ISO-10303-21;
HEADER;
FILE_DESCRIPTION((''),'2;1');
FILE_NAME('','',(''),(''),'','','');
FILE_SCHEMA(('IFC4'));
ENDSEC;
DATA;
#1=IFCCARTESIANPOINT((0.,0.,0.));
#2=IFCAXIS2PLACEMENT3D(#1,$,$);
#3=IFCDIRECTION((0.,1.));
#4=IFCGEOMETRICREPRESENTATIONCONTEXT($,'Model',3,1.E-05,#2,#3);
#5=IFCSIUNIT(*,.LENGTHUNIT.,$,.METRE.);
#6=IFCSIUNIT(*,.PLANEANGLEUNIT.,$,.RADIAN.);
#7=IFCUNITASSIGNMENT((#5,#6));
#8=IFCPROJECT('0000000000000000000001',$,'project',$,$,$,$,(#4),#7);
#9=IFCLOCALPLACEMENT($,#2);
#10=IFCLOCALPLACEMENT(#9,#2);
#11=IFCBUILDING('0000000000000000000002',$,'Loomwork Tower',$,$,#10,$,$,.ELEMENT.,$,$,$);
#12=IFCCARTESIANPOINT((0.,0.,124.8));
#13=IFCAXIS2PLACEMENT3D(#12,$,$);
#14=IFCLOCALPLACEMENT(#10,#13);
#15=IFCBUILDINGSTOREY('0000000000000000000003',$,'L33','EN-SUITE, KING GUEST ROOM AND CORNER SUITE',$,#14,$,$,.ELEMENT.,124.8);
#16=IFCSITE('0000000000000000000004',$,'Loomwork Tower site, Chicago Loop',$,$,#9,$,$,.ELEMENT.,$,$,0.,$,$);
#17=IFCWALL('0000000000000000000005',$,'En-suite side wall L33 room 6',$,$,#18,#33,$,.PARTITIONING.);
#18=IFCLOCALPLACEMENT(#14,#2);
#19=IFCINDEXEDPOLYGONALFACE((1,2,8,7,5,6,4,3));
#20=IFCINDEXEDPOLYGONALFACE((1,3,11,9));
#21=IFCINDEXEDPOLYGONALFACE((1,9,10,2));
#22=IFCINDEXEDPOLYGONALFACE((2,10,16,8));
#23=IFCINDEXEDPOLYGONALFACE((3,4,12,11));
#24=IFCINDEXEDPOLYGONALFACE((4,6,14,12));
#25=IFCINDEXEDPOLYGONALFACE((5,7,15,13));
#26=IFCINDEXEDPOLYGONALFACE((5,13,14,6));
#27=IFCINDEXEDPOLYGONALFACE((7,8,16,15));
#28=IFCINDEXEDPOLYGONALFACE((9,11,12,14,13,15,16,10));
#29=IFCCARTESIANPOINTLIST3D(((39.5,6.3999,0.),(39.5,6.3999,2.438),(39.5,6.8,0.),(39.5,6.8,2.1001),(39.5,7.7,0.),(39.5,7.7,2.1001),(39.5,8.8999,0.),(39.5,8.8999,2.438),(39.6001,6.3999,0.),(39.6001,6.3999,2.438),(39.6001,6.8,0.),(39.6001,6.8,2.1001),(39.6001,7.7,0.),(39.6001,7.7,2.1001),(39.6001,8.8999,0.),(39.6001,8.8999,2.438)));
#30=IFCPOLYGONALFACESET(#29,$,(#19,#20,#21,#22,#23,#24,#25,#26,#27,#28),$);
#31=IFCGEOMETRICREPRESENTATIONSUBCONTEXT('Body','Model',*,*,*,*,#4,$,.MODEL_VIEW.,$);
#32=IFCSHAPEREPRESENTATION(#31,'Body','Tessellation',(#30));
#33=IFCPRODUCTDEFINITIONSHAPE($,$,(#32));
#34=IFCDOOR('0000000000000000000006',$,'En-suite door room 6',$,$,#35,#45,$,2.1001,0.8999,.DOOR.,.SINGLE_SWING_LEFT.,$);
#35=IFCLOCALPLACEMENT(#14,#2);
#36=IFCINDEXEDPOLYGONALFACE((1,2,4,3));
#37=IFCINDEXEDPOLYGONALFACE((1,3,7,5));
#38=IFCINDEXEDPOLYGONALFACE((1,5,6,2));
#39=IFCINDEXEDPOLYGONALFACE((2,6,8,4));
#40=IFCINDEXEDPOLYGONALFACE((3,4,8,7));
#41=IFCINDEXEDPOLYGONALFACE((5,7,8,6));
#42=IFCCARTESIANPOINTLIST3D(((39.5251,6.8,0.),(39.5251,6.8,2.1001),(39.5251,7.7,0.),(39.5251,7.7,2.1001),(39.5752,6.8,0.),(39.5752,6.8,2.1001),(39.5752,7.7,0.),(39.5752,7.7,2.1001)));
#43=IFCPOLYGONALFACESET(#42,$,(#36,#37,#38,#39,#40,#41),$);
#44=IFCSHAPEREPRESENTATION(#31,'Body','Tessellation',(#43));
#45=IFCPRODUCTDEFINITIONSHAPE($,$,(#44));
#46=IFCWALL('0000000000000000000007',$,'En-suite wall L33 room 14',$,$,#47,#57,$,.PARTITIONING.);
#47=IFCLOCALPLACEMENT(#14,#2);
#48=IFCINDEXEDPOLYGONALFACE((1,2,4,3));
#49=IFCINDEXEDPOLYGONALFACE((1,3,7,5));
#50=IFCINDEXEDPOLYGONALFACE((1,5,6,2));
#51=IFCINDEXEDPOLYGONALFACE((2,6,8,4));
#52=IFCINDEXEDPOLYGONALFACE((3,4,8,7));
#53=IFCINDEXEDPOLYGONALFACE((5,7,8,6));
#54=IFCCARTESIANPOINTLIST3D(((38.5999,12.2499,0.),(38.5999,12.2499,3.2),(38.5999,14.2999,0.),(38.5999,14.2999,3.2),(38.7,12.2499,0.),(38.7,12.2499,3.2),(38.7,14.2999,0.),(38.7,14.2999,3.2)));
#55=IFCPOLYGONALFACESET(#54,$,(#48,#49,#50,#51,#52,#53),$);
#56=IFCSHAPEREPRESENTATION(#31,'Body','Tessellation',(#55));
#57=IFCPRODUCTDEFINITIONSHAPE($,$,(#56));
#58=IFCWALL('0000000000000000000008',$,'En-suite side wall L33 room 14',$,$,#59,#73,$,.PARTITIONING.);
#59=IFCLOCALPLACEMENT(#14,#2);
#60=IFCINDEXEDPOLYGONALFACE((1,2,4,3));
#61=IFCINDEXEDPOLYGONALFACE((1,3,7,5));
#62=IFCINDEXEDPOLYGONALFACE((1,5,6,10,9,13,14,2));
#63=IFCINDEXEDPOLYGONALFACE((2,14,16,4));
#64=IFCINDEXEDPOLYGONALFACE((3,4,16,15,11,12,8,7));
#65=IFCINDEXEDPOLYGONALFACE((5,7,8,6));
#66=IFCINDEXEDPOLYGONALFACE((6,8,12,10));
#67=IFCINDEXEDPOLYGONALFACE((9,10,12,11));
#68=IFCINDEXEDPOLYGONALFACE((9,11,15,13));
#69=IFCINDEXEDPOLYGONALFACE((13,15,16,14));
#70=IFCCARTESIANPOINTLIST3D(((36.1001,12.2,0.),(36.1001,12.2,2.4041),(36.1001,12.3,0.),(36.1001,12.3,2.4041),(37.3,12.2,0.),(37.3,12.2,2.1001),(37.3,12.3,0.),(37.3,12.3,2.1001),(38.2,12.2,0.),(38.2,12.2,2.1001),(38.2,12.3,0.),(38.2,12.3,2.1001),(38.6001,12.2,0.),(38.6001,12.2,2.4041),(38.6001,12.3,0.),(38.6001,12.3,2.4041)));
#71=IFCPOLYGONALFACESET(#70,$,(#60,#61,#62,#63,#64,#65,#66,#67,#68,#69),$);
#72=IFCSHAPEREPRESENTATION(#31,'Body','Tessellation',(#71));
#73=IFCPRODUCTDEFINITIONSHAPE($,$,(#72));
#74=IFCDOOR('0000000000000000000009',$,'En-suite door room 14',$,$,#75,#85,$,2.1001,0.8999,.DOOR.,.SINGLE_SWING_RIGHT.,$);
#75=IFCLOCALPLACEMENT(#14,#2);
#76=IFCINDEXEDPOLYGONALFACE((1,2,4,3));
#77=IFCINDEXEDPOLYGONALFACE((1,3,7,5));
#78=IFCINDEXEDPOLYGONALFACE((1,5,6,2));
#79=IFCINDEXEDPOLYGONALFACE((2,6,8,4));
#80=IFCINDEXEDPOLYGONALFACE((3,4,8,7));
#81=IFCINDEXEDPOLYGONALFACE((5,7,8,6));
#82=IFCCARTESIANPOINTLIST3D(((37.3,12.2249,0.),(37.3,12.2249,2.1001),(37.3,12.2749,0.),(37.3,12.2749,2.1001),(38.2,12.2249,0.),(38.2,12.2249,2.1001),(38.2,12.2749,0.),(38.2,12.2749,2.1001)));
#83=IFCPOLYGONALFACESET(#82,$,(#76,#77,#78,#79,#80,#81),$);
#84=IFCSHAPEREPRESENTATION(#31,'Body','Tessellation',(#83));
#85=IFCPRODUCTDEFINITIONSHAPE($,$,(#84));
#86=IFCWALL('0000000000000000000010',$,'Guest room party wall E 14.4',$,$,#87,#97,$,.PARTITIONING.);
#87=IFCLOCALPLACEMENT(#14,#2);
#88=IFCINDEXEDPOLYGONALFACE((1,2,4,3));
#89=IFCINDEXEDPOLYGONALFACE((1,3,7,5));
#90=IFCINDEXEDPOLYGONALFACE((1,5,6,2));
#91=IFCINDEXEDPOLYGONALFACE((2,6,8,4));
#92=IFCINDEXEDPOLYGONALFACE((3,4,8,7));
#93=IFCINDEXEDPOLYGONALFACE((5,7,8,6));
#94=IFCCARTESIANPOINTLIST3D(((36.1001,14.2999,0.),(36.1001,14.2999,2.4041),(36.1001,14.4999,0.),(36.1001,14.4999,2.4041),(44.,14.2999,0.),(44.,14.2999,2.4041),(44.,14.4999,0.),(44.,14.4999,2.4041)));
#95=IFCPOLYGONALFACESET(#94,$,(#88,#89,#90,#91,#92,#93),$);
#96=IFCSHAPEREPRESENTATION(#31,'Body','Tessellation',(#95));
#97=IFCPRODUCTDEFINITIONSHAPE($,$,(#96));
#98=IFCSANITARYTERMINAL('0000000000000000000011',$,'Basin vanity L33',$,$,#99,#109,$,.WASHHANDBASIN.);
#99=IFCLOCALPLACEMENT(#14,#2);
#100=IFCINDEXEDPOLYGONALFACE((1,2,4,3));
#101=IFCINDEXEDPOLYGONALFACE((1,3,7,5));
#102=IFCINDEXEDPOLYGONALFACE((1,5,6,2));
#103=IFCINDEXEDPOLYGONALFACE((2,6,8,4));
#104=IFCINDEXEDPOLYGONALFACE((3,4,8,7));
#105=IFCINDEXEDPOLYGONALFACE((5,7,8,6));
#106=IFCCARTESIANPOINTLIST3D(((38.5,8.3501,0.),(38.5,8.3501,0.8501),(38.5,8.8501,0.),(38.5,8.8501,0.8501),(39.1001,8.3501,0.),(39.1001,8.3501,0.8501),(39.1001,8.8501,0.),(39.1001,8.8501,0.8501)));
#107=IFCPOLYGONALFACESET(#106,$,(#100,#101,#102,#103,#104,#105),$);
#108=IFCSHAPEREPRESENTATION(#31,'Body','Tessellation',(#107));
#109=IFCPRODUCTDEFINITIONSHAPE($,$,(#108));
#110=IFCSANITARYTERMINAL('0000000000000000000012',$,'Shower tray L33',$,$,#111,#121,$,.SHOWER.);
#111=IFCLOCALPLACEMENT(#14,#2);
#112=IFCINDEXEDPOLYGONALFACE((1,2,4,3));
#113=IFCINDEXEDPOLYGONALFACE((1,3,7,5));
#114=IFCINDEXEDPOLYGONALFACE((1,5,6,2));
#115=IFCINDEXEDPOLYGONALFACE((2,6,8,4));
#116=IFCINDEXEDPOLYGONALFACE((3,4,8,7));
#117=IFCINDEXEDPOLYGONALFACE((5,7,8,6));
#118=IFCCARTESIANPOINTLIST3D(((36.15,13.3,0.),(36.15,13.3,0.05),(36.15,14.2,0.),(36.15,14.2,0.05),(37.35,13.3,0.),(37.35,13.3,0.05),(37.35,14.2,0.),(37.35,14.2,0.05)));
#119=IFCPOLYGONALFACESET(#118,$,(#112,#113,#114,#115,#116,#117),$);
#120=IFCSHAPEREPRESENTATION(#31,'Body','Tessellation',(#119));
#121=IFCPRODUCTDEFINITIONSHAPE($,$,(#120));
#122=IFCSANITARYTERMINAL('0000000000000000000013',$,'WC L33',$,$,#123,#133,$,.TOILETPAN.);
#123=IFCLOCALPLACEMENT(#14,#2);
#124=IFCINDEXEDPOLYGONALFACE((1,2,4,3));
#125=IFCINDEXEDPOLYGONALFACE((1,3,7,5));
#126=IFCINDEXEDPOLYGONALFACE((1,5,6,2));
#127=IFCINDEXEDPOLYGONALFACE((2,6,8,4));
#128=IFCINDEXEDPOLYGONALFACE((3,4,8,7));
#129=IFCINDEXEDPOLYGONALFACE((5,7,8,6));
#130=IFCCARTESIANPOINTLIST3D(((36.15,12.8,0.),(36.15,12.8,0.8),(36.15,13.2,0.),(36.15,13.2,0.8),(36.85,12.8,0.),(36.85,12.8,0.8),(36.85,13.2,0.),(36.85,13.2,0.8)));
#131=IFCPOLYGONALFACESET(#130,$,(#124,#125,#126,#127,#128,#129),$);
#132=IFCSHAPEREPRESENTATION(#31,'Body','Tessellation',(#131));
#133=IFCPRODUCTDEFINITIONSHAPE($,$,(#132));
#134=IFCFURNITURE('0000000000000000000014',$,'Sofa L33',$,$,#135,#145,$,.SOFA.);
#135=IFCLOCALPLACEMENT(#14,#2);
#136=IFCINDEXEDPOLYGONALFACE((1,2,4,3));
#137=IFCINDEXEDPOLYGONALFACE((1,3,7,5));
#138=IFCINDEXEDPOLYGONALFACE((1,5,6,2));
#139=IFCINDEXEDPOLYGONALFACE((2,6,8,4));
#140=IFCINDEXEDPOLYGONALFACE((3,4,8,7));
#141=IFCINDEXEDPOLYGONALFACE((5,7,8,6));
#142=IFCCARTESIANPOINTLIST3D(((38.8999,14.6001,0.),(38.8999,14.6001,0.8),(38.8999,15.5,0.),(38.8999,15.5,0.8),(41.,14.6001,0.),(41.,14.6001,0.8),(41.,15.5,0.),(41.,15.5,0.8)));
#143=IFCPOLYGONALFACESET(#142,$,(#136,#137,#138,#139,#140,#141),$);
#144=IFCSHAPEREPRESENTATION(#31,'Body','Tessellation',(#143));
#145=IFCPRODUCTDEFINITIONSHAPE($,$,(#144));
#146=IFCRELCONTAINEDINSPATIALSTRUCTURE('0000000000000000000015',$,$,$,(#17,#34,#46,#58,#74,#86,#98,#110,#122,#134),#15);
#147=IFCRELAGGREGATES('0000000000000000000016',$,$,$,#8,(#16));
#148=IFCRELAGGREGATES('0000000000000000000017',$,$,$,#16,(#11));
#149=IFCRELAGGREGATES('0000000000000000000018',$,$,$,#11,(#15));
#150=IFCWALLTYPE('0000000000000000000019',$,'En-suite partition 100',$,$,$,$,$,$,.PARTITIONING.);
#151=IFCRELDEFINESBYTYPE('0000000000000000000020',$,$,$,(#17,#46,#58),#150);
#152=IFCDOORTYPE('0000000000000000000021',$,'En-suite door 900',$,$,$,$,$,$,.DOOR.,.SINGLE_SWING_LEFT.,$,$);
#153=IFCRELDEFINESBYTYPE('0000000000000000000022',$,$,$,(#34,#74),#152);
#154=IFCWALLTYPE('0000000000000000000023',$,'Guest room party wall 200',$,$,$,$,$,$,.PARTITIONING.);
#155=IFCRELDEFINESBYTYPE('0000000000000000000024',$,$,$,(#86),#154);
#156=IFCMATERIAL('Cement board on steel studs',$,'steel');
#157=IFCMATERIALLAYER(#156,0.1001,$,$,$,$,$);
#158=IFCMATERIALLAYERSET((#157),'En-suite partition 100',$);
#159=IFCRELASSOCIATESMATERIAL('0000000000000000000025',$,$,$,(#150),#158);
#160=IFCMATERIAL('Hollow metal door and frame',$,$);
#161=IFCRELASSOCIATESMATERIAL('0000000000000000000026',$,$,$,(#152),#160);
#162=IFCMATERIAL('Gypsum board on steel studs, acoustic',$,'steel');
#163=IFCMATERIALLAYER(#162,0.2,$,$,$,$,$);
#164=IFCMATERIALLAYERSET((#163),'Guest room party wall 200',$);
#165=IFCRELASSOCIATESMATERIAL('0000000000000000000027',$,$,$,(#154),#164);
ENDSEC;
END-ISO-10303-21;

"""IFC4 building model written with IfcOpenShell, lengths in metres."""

from ifc_helpers import new_model, si_unit, direction, frame, frame_2d, origin, origin_2d, place, context, subcontext, project, spatial, rectangle, extrude, material, layer, layer_set, type_object, element, fill, save


model = new_model("IFC4")

# Units and contexts
model_context = context("Model", 3, precision=1e-05, world=origin(), true_north=direction((0.0, 1.0)))
body_context = subcontext(model_context, "Body", "Model", "MODEL_VIEW")
ifc_project = project(units=[si_unit("LENGTHUNIT", "METRE"), si_unit("PLANEANGLEUNIT", "RADIAN")], contexts=[model_context])

# Site, building, storey
site_placement = place(None, origin())
site = spatial("IfcSite", under=ifc_project, at=site_placement, Name="Loomwork Tower site, Chicago Loop", CompositionType="ELEMENT", RefElevation=0.0)
building_placement = place(site_placement, origin())
building = spatial("IfcBuilding", under=site, at=building_placement, Name="Loomwork Tower", CompositionType="ELEMENT")
storey_placement = place(building_placement, frame((0.0, 0.0, 124.8)))
storey = spatial("IfcBuildingStorey", under=building, at=storey_placement, Name="L33", Description="EN-SUITE, KING GUEST ROOM AND CORNER SUITE", CompositionType="ELEMENT", Elevation=124.8)

# Wall, opening, door
ifc_material_1 = material(Name="Cement board on steel studs", Category="steel")
ifc_layer_1 = layer(ifc_material_1, 0.1001)
ifc_layer_set_1 = layer_set([ifc_layer_1], Name="En-suite partition 100")
wall_type_1 = type_object("IfcWallType", Name="En-suite partition 100", PredefinedType="PARTITIONING", material=ifc_layer_set_1)
wall_1_placement = place(storey_placement, frame((39.55, 8.8999, 0.0), z_axis=(0.0, 0.0, 1.0), x_axis=(0.0, -1.0, 0.0)))
wall_1 = element("IfcWall", 1, at=wall_1_placement, inside=storey, type_object=wall_type_1, Name="En-suite side wall L33 room 6", PredefinedType="PARTITIONING", context=body_context, shape_type="SweptSolid", body=[
    extrude(rectangle(XDim=2.5, YDim=0.1001, at=frame_2d((1.25, 0.0))), origin(), (0.0, 0.0, 1.0), 2.438),
])
opening_1_placement = place(wall_1_placement, frame((1.2, 0.0, 0.0)))
opening_1 = element("IfcOpeningElement", 2, at=opening_1_placement, cuts=wall_1, PredefinedType="OPENING", context=body_context, shape_type="SweptSolid", body=[
    extrude(rectangle(XDim=0.8999, YDim=2.1001, at=frame_2d((0.45, 1.05))), frame((0.0, 0.0601, 0.0), z_axis=(0.0, -1.0, 0.0), x_axis=(1.0, 0.0, 0.0)), (0.0, 0.0, 1.0), 0.1201),
])
ifc_material_2 = material(Name="Hollow metal door and frame")
door_type_1 = type_object("IfcDoorType", Name="En-suite door 900", OperationType="SINGLE_SWING_LEFT", PredefinedType="DOOR", material=ifc_material_2)
door_1_placement = place(opening_1_placement, frame((0.8999, 0.0, 0.0), z_axis=(0.0, 0.0, 1.0), x_axis=(-1.0, 0.0, 0.0)))
door_1 = element("IfcDoor", 3, at=door_1_placement, inside=storey, type_object=door_type_1, Name="En-suite door room 6", OperationType="SINGLE_SWING_LEFT", OverallHeight=2.1001, OverallWidth=0.8999, PredefinedType="DOOR", context=body_context, shape_type="SweptSolid", body=[
    extrude(rectangle(XDim=0.8999, YDim=2.1001, at=frame_2d((0.45, 1.05))), frame((0.0, 0.0249, 0.0), z_axis=(0.0, -1.0, 0.0), x_axis=(1.0, 0.0, 0.0)), (0.0, 0.0, 1.0), 0.05),
])
fill(opening_1, door_1)

# Wall
wall_2_placement = place(storey_placement, frame((38.6499, 12.25, 0.0), z_axis=(0.0, 0.0, 1.0), x_axis=(0.0, 1.0, 0.0)))
element("IfcWall", 4, at=wall_2_placement, inside=storey, type_object=wall_type_1, Name="En-suite wall L33 room 14", PredefinedType="PARTITIONING", context=body_context, shape_type="SweptSolid", body=[
    extrude(rectangle(XDim=2.05, YDim=0.1001, at=frame_2d((1.0249, 0.0))), origin(), (0.0, 0.0, 1.0), 3.2),
])

# Wall, opening, door
wall_3_placement = place(storey_placement, frame((36.1001, 12.25, 0.0), z_axis=(0.0, 0.0, 1.0), x_axis=(1.0, 0.0, 0.0)))
wall_3 = element("IfcWall", 5, at=wall_3_placement, inside=storey, type_object=wall_type_1, Name="En-suite side wall L33 room 14", PredefinedType="PARTITIONING", context=body_context, shape_type="SweptSolid", body=[
    extrude(rectangle(XDim=2.5, YDim=0.1001, at=frame_2d((1.25, 0.0))), origin(), (0.0, 0.0, 1.0), 2.4041),
])
opening_2_placement = place(wall_3_placement, frame((1.2, 0.0, 0.0)))
opening_2 = element("IfcOpeningElement", 6, at=opening_2_placement, cuts=wall_3, PredefinedType="OPENING", context=body_context, shape_type="SweptSolid", body=[
    extrude(rectangle(XDim=0.8999, YDim=2.1001, at=frame_2d((0.45, 1.05))), frame((0.0, 0.0601, 0.0), z_axis=(0.0, -1.0, 0.0), x_axis=(1.0, 0.0, 0.0)), (0.0, 0.0, 1.0), 0.1201),
])
door_2_placement = place(opening_2_placement, origin())
door_2 = element("IfcDoor", 7, at=door_2_placement, inside=storey, type_object=door_type_1, Name="En-suite door room 14", OperationType="SINGLE_SWING_RIGHT", OverallHeight=2.1001, OverallWidth=0.8999, PredefinedType="DOOR", context=body_context, shape_type="SweptSolid", body=[
    extrude(rectangle(XDim=0.8999, YDim=2.1001, at=frame_2d((0.45, 1.05))), frame((0.0, 0.0249, 0.0), z_axis=(0.0, -1.0, 0.0), x_axis=(1.0, 0.0, 0.0)), (0.0, 0.0, 1.0), 0.05),
])
fill(opening_2, door_2)

# Wall
ifc_material_3 = material(Name="Gypsum board on steel studs, acoustic", Category="steel")
ifc_layer_2 = layer(ifc_material_3, 0.2)
ifc_layer_set_2 = layer_set([ifc_layer_2], Name="Guest room party wall 200")
wall_type_2 = type_object("IfcWallType", Name="Guest room party wall 200", PredefinedType="PARTITIONING", material=ifc_layer_set_2)
wall_4_placement = place(storey_placement, frame((36.1001, 14.3999, 0.0), z_axis=(0.0, 0.0, 1.0), x_axis=(1.0, 0.0, 0.0)))
element("IfcWall", 8, at=wall_4_placement, inside=storey, type_object=wall_type_2, Name="Guest room party wall E 14.4", PredefinedType="PARTITIONING", context=body_context, shape_type="SweptSolid", body=[
    extrude(rectangle(XDim=7.8999, YDim=0.2, at=frame_2d((3.95, 0.0))), origin(), (0.0, 0.0, 1.0), 2.4041),
])

# Sanitary terminals
sanitary_terminal_1_placement = place(storey_placement, frame((38.8, 8.6001, 0.0), z_axis=(0.0, 0.0, 1.0), x_axis=(1.0, 0.0, 0.0)))
element("IfcSanitaryTerminal", 9, at=sanitary_terminal_1_placement, inside=storey, Name="Basin vanity L33", PredefinedType="WASHHANDBASIN", context=body_context, shape_type="SweptSolid", body=[
    extrude(rectangle(XDim=0.6001, YDim=0.5, at=origin_2d()), origin(), (0.0, 0.0, 1.0), 0.8501),
])
sanitary_terminal_2_placement = place(storey_placement, frame((36.75, 13.75, 0.0), z_axis=(0.0, 0.0, 1.0), x_axis=(1.0, 0.0, 0.0)))
element("IfcSanitaryTerminal", 10, at=sanitary_terminal_2_placement, inside=storey, Name="Shower tray L33", PredefinedType="SHOWER", context=body_context, shape_type="SweptSolid", body=[
    extrude(rectangle(XDim=1.2, YDim=0.8999, at=origin_2d()), origin(), (0.0, 0.0, 1.0), 0.05),
])
sanitary_terminal_3_placement = place(storey_placement, frame((36.5, 13.0, 0.0), z_axis=(0.0, 0.0, 1.0), x_axis=(1.0, 0.0, 0.0)))
element("IfcSanitaryTerminal", 11, at=sanitary_terminal_3_placement, inside=storey, Name="WC L33", PredefinedType="TOILETPAN", context=body_context, shape_type="SweptSolid", body=[
    extrude(rectangle(XDim=0.7, YDim=0.3999, at=origin_2d()), origin(), (0.0, 0.0, 1.0), 0.8),
])

# Furniture
furniture_placement = place(storey_placement, frame((39.95, 15.05, 0.0), z_axis=(0.0, 0.0, 1.0), x_axis=(1.0, 0.0, 0.0)))
element("IfcFurniture", 12, at=furniture_placement, inside=storey, Name="Sofa L33", PredefinedType="SOFA", context=body_context, shape_type="SweptSolid", body=[
    extrude(rectangle(XDim=2.1001, YDim=0.8999, at=origin_2d()), origin(), (0.0, 0.0, 1.0), 0.8),
])

save(model, "model.ifc")
